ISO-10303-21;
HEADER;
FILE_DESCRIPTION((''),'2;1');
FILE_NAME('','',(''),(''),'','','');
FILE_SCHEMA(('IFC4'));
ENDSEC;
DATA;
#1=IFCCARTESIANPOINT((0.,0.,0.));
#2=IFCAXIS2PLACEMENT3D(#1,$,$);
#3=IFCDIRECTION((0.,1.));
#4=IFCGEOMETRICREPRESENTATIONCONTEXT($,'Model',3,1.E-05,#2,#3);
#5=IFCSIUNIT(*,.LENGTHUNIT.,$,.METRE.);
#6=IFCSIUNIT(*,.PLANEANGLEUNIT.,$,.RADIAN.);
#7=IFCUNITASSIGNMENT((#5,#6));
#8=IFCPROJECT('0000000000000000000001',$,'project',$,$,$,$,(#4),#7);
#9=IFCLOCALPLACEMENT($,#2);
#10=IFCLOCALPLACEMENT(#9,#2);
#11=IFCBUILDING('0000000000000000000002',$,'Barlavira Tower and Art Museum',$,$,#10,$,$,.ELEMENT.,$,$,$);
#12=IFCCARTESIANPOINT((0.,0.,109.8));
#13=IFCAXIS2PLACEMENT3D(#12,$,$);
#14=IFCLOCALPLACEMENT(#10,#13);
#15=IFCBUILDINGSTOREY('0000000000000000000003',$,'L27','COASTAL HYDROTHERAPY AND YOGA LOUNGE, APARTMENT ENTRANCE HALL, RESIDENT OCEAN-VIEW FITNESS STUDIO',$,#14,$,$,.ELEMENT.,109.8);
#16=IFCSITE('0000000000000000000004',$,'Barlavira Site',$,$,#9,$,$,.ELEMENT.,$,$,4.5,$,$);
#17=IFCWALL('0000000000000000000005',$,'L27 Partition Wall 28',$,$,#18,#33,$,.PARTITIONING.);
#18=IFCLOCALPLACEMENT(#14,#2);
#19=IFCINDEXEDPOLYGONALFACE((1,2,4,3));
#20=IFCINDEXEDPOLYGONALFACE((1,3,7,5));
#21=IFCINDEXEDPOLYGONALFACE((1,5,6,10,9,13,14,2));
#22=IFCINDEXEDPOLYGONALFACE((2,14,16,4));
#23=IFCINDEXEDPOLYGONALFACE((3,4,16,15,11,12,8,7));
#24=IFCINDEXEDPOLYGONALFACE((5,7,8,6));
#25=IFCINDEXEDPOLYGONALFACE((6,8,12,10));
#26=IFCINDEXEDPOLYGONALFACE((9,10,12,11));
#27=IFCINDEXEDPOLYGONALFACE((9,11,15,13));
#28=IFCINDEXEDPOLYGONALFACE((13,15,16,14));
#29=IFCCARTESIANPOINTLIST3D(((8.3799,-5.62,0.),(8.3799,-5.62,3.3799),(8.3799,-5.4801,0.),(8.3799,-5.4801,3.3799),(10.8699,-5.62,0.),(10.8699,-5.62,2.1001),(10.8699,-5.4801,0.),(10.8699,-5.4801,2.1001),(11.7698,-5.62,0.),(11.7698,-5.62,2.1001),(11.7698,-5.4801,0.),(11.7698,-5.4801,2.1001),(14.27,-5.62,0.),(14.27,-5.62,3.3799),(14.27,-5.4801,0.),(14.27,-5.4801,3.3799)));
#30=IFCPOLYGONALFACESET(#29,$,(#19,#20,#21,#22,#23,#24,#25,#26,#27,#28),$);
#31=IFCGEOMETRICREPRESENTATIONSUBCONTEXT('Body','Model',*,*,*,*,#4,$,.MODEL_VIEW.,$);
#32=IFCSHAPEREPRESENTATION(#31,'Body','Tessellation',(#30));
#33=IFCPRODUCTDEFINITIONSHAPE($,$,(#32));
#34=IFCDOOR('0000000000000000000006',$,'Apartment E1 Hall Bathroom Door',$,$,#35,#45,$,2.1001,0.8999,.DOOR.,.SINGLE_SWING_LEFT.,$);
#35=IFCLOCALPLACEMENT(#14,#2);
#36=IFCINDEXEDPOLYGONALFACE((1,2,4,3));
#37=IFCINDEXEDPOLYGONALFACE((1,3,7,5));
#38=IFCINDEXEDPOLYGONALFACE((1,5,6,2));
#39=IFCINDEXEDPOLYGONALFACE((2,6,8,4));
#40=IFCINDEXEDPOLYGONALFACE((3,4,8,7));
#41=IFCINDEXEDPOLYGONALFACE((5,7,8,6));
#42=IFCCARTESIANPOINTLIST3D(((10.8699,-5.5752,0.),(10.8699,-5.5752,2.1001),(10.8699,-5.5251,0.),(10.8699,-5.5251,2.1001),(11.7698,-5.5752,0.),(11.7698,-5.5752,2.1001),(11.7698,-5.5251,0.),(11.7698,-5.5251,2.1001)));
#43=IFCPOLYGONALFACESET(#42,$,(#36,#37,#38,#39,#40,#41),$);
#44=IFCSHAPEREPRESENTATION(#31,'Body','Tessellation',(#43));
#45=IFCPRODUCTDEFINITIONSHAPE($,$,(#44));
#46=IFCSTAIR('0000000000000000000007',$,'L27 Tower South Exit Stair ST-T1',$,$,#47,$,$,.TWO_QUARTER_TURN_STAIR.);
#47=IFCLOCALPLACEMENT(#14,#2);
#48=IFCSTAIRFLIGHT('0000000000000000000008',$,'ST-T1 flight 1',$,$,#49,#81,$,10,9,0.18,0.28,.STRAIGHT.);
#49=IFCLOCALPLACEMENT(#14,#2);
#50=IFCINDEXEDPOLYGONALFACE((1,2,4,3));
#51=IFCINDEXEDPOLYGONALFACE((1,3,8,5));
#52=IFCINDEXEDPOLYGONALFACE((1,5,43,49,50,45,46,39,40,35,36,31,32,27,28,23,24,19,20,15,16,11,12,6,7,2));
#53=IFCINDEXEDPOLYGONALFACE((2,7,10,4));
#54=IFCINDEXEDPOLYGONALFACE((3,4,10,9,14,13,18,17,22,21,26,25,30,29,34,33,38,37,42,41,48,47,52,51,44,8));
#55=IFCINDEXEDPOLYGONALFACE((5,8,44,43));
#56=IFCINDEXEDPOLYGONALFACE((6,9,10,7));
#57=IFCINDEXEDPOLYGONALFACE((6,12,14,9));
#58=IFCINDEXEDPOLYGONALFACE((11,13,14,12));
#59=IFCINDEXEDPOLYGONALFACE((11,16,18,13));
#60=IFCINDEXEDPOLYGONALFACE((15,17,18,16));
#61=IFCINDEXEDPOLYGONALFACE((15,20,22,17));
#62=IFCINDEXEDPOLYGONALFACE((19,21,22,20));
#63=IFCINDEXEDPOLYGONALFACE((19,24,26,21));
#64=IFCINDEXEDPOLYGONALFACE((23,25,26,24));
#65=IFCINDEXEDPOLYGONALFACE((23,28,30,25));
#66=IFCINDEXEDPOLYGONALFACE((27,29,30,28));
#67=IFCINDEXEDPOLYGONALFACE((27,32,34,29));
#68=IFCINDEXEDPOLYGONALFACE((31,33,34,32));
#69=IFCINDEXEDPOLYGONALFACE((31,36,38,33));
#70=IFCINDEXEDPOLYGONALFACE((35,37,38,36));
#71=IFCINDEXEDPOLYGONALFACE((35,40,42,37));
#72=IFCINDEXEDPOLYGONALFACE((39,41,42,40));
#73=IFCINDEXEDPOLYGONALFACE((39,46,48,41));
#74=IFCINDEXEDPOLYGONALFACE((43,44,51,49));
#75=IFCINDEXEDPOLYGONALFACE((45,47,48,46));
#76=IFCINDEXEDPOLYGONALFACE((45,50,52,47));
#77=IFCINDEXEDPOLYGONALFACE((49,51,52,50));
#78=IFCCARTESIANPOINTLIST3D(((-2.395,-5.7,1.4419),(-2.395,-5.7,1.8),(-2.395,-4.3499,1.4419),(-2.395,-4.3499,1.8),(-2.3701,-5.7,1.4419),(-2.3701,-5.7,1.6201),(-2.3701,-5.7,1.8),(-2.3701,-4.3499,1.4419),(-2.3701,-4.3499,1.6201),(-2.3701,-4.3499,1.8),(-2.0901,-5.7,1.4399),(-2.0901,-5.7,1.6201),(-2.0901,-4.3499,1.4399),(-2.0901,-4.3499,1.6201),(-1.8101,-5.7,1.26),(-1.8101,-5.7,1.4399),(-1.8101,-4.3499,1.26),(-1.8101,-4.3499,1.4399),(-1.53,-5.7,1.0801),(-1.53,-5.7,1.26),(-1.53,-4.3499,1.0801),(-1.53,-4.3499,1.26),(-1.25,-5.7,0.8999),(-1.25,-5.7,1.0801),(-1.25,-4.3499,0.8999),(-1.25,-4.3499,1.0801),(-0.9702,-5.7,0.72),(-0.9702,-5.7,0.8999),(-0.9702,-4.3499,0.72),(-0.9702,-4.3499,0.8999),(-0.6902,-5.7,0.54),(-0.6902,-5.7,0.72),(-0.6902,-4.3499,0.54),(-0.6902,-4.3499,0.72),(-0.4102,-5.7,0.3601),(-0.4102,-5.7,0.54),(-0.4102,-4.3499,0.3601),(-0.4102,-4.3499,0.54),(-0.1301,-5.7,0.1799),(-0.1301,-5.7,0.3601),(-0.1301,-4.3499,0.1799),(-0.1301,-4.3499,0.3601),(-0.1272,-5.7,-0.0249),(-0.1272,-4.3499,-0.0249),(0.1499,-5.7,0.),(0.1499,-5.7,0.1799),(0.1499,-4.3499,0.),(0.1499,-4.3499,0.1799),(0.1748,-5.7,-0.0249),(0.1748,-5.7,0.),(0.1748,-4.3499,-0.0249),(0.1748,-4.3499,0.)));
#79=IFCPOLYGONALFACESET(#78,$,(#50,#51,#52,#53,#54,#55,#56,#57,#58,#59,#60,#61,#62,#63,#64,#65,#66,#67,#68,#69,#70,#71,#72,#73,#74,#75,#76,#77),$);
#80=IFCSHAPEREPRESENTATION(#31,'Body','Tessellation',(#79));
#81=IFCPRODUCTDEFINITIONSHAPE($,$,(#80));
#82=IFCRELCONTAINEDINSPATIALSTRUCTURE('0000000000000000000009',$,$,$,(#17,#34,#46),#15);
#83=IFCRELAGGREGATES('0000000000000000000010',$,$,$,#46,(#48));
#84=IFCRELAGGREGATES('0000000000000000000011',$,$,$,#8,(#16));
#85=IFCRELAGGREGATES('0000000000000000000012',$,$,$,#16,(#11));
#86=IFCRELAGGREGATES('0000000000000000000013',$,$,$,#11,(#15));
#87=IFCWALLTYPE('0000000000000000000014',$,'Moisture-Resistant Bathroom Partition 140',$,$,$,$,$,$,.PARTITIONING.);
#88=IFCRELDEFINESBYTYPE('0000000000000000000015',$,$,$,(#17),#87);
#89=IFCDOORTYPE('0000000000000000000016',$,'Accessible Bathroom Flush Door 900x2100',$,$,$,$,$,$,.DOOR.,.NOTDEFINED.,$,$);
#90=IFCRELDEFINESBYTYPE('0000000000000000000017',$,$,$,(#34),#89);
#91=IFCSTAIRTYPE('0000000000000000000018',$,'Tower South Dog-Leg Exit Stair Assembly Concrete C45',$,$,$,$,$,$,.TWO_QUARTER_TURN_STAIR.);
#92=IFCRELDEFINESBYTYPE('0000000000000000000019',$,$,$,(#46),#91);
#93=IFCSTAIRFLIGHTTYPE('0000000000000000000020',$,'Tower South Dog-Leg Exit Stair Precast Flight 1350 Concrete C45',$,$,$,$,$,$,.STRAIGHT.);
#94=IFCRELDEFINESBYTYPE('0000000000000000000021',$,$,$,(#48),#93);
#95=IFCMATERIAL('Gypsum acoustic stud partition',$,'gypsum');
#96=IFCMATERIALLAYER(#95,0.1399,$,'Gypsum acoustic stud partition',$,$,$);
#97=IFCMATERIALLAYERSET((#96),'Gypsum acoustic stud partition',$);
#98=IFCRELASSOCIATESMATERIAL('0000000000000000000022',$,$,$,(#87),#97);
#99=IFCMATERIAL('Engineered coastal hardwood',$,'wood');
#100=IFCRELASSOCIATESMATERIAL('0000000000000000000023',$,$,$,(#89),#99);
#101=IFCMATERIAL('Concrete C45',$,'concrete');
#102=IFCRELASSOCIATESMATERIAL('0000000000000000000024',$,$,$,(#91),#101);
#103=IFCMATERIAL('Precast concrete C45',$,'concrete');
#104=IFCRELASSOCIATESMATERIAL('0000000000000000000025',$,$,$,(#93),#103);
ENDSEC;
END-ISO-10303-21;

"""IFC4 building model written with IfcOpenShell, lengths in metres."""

from ifc_helpers import new_model, si_unit, direction, frame, frame_2d, origin, place, context, subcontext, project, spatial, polyline, rectangle, outline, extrude, material, layer, layer_set, type_object, element, fill, aggregate, save


model = new_model("IFC4")

# Units and contexts
model_context = context("Model", 3, precision=1e-05, world=origin(), true_north=direction((0.0, 1.0)))
body_context = subcontext(model_context, "Body", "Model", "MODEL_VIEW")
ifc_project = project(units=[si_unit("LENGTHUNIT", "METRE"), si_unit("PLANEANGLEUNIT", "RADIAN")], contexts=[model_context])

# Site, building, storey
site_placement = place(None, origin())
site = spatial("IfcSite", under=ifc_project, at=site_placement, Name="Barlavira Site", CompositionType="ELEMENT", RefElevation=4.5)
building_placement = place(site_placement, origin())
building = spatial("IfcBuilding", under=site, at=building_placement, Name="Barlavira Tower and Art Museum", CompositionType="ELEMENT")
storey_placement = place(building_placement, frame((0.0, 0.0, 109.8)))
storey = spatial("IfcBuildingStorey", under=building, at=storey_placement, Name="L27", Description="COASTAL HYDROTHERAPY AND YOGA LOUNGE, APARTMENT ENTRANCE HALL, RESIDENT OCEAN-VIEW FITNESS STUDIO", CompositionType="ELEMENT", Elevation=109.8)

# Shared definitions
ifc_material_1 = material(Name="Gypsum acoustic stud partition", Category="gypsum")
ifc_material_2 = material(Name="Engineered coastal hardwood", Category="wood")

# Wall, opening, door
ifc_layer_1 = layer(ifc_material_1, 0.1399, Name="Gypsum acoustic stud partition")
ifc_layer_set_1 = layer_set([ifc_layer_1], Name="Gypsum acoustic stud partition")
wall_type_1 = type_object("IfcWallType", Name="Moisture-Resistant Bathroom Partition 140", PredefinedType="PARTITIONING", material=ifc_layer_set_1)
wall_1_placement = place(storey_placement, frame((8.3799, -5.55, 0.0), z_axis=(0.0, 0.0, 1.0), x_axis=(1.0, 0.0, 0.0)))
wall_1 = element("IfcWall", 1, at=wall_1_placement, inside=storey, type_object=wall_type_1, Name="L27 Partition Wall 28", PredefinedType="PARTITIONING", context=body_context, shape_type="SweptSolid", body=[
    extrude(rectangle(XDim=5.8901, YDim=0.1399, at=frame_2d((2.9451, 0.0))), origin(), (0.0, 0.0, 1.0), 3.3799),
])
opening_1_placement = place(wall_1_placement, frame((2.49, 0.0, 0.0)))
opening_1 = element("IfcOpeningElement", 2, at=opening_1_placement, cuts=wall_1, PredefinedType="OPENING", context=body_context, shape_type="SweptSolid", body=[
    extrude(rectangle(XDim=0.8999, YDim=2.1001, at=frame_2d((0.45, 1.05))), frame((0.0, 0.0801, 0.0), z_axis=(0.0, -1.0, 0.0), x_axis=(1.0, 0.0, 0.0)), (0.0, 0.0, 1.0), 0.1599),
])
door_type_1 = type_object("IfcDoorType", Name="Accessible Bathroom Flush Door 900x2100", OperationType="NOTDEFINED", PredefinedType="DOOR", material=ifc_material_2)
door_1_placement = place(opening_1_placement, origin())
door_1 = element("IfcDoor", 3, at=door_1_placement, inside=storey, type_object=door_type_1, Name="Apartment E1 Hall Bathroom Door", OperationType="SINGLE_SWING_LEFT", OverallHeight=2.1001, OverallWidth=0.8999, PredefinedType="DOOR", context=body_context, shape_type="SweptSolid", body=[
    extrude(rectangle(XDim=0.8999, YDim=2.1001, at=frame_2d((0.45, 1.05))), frame((0.0, 0.0249, 0.0), z_axis=(0.0, -1.0, 0.0), x_axis=(1.0, 0.0, 0.0)), (0.0, 0.0, 1.0), 0.05),
])
fill(opening_1, door_1)

# Stair, stair flight
ifc_material_3 = material(Name="Concrete C45", Category="concrete")
stair_type = type_object("IfcStairType", Name="Tower South Dog-Leg Exit Stair Assembly Concrete C45", PredefinedType="TWO_QUARTER_TURN_STAIR", material=ifc_material_3)
stair_placement = place(storey_placement, origin())
stair = element("IfcStair", 4, at=stair_placement, inside=storey, type_object=stair_type, Name="L27 Tower South Exit Stair ST-T1", PredefinedType="TWO_QUARTER_TURN_STAIR")
ifc_material_4 = material(Name="Precast concrete C45", Category="concrete")
stair_flight_type = type_object("IfcStairFlightType", Name="Tower South Dog-Leg Exit Stair Precast Flight 1350 Concrete C45", PredefinedType="STRAIGHT", material=ifc_material_4)
stair_flight_placement = place(storey_placement, frame((0.1499, -5.0249, 0.0), z_axis=(0.0, 0.0, 1.0), x_axis=(-1.0, 0.0, 0.0)))
stair_flight = element("IfcStairFlight", 5, at=stair_flight_placement, type_object=stair_flight_type, Name="ST-T1 flight 1", NumberOfRisers=10, NumberOfTreads=9, PredefinedType="STRAIGHT", RiserHeight=0.18, TreadLength=0.28, context=body_context, shape_type="SweptSolid", body=[
    extrude(outline(polyline([(-0.0249, 0.0), (0.0, 0.0), (0.0, 0.1799), (0.28, 0.1799), (0.28, 0.3601), (0.5601, 0.3601), (0.5601, 0.54), (0.8401, 0.54), (0.8401, 0.72), (1.1201, 0.72), (1.1201, 0.8999), (1.3999, 0.8999), (1.3999, 1.0801), (1.6799, 1.0801), (1.6799, 1.26), (1.96, 1.26), (1.96, 1.4399), (2.24, 1.4399), (2.24, 1.6201), (2.52, 1.6201), (2.52, 1.8), (2.5449, 1.8), (2.5449, 1.4419), (2.52, 1.4419), (0.2771, -0.0249), (-0.0249, -0.0249), (-0.0249, 0.0)])), frame((0.0, 0.675, 0.0), z_axis=(0.0, -1.0, 0.0), x_axis=(1.0, 0.0, 0.0)), (0.0, 0.0, 1.0), 1.3501),
])
aggregate(stair, [stair_flight])

save(model, "model.ifc")
